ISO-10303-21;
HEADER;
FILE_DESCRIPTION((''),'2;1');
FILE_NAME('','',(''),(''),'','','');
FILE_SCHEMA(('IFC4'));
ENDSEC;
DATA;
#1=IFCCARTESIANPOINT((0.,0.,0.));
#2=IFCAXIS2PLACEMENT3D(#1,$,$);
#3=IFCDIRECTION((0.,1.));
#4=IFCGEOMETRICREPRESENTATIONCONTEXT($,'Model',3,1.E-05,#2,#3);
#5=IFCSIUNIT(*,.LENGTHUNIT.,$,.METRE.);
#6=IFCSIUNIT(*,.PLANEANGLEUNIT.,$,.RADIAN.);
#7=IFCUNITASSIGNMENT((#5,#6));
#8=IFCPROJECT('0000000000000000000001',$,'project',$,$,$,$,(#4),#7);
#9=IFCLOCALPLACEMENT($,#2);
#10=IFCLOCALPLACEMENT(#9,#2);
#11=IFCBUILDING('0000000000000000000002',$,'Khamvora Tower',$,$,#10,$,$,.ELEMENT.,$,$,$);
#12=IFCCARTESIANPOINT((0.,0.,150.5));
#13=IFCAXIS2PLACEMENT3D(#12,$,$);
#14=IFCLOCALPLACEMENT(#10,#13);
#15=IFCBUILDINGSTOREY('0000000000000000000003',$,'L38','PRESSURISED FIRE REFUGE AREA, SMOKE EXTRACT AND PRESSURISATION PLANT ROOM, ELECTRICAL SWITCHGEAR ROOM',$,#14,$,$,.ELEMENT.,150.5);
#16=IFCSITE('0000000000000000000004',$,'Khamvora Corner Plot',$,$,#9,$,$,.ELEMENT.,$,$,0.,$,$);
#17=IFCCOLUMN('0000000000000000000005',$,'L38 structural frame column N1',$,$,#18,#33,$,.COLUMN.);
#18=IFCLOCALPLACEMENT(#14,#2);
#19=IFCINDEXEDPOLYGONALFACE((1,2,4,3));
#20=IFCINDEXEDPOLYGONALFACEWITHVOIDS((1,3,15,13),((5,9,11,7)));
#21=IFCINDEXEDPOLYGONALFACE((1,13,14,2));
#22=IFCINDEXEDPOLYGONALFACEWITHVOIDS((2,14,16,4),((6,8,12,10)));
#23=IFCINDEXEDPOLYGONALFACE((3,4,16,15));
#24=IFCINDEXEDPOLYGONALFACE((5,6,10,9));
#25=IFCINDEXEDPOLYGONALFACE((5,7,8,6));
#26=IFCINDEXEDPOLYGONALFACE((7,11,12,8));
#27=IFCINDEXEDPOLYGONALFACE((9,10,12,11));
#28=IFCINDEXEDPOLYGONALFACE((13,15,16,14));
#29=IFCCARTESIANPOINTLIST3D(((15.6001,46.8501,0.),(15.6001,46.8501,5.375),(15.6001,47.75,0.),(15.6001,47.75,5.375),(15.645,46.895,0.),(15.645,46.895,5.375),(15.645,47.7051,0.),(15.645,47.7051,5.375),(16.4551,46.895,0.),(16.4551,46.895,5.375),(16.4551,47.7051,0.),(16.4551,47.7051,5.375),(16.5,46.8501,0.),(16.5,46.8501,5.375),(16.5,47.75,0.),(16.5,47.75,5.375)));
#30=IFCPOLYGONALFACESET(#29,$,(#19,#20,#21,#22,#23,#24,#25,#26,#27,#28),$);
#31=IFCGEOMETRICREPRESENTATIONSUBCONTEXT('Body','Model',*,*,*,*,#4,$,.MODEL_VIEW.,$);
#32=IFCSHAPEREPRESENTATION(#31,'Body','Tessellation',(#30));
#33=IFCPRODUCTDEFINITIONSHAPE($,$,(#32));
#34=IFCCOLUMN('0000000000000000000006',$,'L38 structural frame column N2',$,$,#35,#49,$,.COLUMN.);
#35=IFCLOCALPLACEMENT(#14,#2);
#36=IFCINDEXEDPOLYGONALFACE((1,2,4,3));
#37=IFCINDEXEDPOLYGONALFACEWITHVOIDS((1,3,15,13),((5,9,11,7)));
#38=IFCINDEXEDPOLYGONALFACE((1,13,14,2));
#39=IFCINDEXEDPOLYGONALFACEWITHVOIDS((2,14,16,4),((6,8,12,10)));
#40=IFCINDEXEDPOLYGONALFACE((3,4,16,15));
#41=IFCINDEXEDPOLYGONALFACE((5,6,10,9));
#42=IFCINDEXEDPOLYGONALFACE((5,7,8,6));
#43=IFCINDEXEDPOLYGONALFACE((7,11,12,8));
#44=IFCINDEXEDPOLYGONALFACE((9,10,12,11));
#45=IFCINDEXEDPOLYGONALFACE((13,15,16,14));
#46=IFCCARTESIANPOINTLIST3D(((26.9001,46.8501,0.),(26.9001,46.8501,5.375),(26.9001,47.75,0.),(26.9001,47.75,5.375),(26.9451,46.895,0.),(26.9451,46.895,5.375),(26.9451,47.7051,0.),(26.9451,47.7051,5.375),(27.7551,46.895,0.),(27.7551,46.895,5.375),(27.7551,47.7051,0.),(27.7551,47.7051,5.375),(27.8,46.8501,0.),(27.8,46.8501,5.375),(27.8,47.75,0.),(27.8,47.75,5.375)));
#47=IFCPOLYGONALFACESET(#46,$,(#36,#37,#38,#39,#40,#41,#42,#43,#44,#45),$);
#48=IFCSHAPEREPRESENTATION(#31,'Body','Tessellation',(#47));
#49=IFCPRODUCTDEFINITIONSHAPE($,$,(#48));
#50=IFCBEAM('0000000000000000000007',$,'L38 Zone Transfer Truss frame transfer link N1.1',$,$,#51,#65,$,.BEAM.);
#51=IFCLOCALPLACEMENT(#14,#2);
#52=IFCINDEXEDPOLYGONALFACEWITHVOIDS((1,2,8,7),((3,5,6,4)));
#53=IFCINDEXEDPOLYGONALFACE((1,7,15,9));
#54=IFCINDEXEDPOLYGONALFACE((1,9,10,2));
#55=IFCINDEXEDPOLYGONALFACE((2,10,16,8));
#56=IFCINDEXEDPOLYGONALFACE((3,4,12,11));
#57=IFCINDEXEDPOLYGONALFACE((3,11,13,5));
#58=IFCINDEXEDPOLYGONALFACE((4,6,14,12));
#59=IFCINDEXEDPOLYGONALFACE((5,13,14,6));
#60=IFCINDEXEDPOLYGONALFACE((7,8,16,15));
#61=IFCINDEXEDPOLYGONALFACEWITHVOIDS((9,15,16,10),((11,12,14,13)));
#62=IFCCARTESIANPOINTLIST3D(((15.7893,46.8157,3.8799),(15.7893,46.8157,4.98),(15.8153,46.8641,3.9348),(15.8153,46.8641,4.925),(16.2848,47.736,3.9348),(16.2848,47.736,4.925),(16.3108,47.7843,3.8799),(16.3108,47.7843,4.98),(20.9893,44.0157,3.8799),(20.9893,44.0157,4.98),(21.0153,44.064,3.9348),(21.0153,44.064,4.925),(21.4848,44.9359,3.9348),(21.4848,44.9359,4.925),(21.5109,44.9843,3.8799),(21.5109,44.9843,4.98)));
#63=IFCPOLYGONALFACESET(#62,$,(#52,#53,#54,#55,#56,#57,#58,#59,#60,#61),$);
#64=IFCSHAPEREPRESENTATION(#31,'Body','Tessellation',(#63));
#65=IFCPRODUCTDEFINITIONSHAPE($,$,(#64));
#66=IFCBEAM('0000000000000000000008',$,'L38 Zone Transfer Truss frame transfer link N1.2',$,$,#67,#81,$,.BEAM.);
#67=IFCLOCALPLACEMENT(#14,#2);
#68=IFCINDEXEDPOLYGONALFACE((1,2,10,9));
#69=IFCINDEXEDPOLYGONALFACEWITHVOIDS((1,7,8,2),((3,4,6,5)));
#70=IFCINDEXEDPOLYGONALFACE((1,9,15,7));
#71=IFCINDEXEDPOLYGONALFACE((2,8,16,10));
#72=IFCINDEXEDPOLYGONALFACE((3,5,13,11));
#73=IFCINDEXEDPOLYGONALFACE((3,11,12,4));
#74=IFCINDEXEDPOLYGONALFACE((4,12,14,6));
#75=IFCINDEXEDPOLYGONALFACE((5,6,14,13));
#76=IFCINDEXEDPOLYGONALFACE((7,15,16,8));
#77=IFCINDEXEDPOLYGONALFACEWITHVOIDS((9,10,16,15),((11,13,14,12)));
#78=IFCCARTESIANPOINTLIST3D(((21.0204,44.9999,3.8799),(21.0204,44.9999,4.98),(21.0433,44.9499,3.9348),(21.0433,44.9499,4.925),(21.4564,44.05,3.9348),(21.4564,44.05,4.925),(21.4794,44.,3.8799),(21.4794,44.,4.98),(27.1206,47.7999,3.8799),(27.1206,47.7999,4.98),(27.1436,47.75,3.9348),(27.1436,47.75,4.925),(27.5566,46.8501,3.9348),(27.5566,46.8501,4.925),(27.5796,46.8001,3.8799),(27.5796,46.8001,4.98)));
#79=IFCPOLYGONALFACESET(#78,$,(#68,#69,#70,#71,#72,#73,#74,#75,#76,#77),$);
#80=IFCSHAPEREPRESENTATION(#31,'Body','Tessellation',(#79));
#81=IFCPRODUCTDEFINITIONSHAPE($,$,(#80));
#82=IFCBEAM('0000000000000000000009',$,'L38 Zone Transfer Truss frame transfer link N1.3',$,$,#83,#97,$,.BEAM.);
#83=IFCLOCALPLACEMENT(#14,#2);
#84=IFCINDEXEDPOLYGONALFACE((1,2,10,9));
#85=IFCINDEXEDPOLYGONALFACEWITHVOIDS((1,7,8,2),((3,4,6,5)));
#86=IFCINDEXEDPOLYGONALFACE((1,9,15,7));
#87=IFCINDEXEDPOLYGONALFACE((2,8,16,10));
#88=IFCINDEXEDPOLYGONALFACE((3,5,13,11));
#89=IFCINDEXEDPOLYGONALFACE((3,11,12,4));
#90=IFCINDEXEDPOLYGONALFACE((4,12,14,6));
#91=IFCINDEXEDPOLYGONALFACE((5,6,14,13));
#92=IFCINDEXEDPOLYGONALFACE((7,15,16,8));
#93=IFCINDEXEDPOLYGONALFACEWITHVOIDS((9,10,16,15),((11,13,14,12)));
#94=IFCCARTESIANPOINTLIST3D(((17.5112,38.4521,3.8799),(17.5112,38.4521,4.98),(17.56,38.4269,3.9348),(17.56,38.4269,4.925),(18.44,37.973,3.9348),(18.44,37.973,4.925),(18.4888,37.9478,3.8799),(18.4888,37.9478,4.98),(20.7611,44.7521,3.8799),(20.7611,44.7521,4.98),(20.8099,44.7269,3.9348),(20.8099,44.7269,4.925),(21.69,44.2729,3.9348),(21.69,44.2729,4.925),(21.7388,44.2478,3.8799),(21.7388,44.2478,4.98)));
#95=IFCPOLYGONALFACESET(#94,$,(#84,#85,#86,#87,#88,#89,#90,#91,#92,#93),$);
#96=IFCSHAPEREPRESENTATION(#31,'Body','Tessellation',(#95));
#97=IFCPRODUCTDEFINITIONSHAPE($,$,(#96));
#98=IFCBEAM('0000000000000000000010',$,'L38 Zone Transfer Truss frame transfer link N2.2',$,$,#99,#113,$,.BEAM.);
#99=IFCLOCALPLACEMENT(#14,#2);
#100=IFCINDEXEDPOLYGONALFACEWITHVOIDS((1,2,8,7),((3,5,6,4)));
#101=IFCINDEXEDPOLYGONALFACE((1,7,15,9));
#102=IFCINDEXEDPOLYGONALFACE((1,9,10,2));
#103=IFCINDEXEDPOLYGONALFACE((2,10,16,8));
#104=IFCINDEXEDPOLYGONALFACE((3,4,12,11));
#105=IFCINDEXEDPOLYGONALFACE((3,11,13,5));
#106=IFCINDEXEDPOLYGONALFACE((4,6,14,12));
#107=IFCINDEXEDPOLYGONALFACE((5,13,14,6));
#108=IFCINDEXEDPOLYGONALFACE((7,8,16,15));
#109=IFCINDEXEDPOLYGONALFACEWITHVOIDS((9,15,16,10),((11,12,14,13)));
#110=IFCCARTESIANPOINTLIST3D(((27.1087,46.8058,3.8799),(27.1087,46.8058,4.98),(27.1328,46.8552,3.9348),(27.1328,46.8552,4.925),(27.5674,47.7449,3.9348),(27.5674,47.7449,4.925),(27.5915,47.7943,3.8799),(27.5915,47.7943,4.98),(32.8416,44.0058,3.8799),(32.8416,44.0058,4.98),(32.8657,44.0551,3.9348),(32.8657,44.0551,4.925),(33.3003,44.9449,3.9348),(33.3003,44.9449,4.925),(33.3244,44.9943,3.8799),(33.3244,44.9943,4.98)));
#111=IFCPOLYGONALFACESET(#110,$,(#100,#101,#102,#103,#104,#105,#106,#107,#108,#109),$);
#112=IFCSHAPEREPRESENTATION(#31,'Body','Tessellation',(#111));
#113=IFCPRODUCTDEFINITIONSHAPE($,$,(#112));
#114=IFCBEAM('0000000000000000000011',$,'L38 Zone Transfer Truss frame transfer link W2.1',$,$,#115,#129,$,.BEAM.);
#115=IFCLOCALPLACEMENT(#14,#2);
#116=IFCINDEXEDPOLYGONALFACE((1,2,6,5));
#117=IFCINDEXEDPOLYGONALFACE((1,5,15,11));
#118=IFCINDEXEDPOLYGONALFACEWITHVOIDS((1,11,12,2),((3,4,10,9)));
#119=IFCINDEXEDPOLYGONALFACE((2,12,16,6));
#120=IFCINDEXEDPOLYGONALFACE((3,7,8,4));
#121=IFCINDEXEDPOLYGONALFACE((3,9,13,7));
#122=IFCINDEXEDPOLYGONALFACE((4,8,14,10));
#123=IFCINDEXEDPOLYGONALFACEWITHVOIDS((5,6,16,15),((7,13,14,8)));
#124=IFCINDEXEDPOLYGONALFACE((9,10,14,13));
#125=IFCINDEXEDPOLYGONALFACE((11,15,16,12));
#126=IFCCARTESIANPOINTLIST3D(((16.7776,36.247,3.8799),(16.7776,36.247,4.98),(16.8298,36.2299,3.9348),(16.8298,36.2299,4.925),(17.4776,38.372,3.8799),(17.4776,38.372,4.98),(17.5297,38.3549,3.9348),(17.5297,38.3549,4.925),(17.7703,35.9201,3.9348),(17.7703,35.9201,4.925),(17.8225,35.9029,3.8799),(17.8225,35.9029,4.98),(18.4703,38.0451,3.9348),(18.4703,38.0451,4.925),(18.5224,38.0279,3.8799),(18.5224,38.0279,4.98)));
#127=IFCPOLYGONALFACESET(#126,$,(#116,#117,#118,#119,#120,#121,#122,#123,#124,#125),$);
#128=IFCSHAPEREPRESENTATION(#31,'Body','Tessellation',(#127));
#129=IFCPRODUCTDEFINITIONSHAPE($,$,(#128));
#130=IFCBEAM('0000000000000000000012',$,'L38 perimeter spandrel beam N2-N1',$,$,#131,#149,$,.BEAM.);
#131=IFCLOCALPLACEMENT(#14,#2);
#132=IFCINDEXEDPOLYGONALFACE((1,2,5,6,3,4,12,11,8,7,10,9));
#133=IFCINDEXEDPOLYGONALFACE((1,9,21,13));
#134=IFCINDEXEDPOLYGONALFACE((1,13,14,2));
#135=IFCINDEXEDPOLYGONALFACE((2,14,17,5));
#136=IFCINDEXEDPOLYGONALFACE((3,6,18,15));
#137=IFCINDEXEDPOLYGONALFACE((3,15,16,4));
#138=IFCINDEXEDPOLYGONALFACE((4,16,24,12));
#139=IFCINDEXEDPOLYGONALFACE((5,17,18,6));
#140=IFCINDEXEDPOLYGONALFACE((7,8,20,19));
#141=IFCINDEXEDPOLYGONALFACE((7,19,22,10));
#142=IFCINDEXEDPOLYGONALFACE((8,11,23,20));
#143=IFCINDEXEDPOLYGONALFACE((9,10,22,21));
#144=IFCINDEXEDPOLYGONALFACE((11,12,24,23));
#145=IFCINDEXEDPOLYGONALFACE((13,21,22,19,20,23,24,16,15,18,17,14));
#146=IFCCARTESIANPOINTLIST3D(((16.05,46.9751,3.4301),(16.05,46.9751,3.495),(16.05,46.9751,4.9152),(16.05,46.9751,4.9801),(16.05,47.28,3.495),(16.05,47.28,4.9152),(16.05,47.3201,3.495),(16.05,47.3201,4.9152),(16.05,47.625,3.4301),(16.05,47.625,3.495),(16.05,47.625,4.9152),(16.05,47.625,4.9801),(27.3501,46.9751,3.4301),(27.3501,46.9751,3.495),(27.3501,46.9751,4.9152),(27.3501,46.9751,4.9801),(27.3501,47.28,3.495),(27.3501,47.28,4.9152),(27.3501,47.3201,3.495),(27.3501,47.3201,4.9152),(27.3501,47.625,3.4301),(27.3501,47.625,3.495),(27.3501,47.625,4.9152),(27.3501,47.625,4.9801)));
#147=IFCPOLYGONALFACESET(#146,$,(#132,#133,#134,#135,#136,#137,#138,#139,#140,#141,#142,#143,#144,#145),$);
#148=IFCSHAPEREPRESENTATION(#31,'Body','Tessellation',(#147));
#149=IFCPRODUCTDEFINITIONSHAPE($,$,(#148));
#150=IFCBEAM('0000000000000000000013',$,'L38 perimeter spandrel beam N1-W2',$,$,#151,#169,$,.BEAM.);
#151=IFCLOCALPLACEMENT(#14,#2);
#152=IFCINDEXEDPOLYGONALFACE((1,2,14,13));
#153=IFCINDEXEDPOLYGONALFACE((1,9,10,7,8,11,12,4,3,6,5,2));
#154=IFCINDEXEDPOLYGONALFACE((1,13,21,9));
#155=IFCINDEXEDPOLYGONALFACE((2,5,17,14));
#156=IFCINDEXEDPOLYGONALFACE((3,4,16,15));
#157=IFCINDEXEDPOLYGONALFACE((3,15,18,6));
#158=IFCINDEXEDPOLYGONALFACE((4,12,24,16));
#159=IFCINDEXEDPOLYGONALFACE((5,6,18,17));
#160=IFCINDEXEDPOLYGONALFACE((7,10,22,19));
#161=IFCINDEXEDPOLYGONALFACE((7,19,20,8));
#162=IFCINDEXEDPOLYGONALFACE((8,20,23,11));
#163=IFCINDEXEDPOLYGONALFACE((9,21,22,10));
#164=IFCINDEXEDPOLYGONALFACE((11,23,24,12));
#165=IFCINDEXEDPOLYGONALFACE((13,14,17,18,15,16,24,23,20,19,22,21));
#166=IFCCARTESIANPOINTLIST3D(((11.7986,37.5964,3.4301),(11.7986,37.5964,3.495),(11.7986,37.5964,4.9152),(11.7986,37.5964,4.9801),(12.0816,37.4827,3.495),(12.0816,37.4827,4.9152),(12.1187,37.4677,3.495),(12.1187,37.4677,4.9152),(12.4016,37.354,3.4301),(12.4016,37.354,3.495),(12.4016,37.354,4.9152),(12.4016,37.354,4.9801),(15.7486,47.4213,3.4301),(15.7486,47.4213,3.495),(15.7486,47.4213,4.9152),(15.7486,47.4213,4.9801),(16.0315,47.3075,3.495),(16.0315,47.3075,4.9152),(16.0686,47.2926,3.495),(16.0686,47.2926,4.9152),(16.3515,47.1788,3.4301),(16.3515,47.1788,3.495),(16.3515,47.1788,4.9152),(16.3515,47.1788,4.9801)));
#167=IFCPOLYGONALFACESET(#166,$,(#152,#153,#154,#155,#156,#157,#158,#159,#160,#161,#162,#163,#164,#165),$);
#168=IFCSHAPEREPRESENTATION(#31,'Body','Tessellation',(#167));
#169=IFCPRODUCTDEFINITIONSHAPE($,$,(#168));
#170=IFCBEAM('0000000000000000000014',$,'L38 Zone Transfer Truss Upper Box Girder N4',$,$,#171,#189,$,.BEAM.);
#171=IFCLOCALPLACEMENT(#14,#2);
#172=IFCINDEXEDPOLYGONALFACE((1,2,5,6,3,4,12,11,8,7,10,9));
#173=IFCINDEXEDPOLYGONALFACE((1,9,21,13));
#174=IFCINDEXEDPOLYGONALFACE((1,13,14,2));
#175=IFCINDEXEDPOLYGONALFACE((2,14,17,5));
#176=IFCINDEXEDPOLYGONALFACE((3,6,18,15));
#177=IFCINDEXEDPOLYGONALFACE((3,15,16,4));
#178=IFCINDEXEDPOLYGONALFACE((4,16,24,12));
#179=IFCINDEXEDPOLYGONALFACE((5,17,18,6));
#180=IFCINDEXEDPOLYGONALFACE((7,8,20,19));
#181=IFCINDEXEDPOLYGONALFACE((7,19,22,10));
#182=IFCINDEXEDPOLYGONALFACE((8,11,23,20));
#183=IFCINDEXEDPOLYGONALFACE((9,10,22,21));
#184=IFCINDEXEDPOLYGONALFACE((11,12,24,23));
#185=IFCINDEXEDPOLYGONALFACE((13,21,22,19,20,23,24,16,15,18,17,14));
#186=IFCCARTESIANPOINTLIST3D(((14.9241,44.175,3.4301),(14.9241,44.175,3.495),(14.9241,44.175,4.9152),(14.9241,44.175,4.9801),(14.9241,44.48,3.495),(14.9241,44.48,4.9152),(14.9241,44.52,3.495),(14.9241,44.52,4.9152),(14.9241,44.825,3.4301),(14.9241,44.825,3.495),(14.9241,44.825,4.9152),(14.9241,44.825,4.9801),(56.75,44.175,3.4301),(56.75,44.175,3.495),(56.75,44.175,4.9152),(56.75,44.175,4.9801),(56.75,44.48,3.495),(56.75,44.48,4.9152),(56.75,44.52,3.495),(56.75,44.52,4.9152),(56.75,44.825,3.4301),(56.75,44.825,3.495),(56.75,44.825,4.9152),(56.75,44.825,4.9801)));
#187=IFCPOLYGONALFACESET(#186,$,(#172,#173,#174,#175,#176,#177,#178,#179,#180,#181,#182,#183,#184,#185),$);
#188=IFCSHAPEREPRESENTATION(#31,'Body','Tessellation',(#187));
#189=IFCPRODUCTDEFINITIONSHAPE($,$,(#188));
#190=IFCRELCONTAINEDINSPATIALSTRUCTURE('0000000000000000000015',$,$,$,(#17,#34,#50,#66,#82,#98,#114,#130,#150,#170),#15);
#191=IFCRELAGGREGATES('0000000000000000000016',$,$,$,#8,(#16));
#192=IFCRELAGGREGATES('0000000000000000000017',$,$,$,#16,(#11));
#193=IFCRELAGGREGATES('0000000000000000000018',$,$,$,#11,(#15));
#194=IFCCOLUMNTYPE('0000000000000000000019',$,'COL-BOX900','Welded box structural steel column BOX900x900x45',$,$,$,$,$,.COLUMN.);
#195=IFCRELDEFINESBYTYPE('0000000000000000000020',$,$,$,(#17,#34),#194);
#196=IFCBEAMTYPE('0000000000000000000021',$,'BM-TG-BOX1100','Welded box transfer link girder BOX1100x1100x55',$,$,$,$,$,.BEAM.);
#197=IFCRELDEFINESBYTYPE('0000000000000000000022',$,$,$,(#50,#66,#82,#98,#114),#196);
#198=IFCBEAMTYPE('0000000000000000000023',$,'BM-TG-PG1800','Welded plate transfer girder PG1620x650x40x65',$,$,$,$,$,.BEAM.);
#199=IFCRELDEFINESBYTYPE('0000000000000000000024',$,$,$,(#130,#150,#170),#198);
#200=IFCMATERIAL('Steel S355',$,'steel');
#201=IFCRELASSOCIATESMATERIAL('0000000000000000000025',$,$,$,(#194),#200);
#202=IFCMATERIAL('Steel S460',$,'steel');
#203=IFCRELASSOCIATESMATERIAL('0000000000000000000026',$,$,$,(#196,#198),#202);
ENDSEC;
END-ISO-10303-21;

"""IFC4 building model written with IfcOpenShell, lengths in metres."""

from ifc_helpers import new_model, si_unit, direction, frame, origin, origin_2d, place, context, subcontext, project, spatial, hollow_rectangle, i_section, extrude, material, material_profile, profile_set, type_object, element, save


model = new_model("IFC4")

# Units and contexts
model_context = context("Model", 3, precision=1e-05, world=origin(), true_north=direction((0.0, 1.0)))
body_context = subcontext(model_context, "Body", "Model", "MODEL_VIEW")
ifc_project = project(units=[si_unit("LENGTHUNIT", "METRE"), si_unit("PLANEANGLEUNIT", "RADIAN")], contexts=[model_context])

# Site, building, storey
site_placement = place(None, origin())
site = spatial("IfcSite", under=ifc_project, at=site_placement, Name="Khamvora Corner Plot", CompositionType="ELEMENT", RefElevation=0.0)
building_placement = place(site_placement, origin())
building = spatial("IfcBuilding", under=site, at=building_placement, Name="Khamvora Tower", CompositionType="ELEMENT")
storey_placement = place(building_placement, frame((0.0, 0.0, 150.5)))
storey = spatial("IfcBuildingStorey", under=building, at=storey_placement, Name="L38", Description="PRESSURISED FIRE REFUGE AREA, SMOKE EXTRACT AND PRESSURISATION PLANT ROOM, ELECTRICAL SWITCHGEAR ROOM", CompositionType="ELEMENT", Elevation=150.5)

# Columns
ifc_material_1 = material(Name="Steel S355", Category="steel")
ifc_material_profile_1 = material_profile(ifc_material_1, hollow_rectangle(XDim=0.8999, YDim=0.8999, WallThickness=0.0449, at=origin_2d()), Name="BOX900x900x45")
ifc_profile_set_1 = profile_set([ifc_material_profile_1], Name="Steel S355")
column_type = type_object("IfcColumnType", Name="COL-BOX900", Description="Welded box structural steel column BOX900x900x45", PredefinedType="COLUMN", material=ifc_profile_set_1)
for number, where, z_axis, x_axis, name in (
    (1, (16.05, 47.3, 0.0), (0.0, 0.0, 1.0), (1.0, 0.0, 0.0), "L38 structural frame column N1"),
    (2, (27.3501, 47.3, 0.0), (0.0, 0.0, 1.0), (1.0, 0.0, 0.0), "L38 structural frame column N2"),
):
    element("IfcColumn", number, at=place(storey_placement, frame(where, z_axis=z_axis, x_axis=x_axis)), inside=storey, type_object=column_type, Name=name, PredefinedType="COLUMN", context=body_context, shape_type="SweptSolid", body=[
        extrude(hollow_rectangle(XDim=0.8999, YDim=0.8999, WallThickness=0.0449, at=origin_2d()), origin(), (0.0, 0.0, 1.0), 5.375),
    ])

# Beams
ifc_material_2 = material(Name="Steel S460", Category="steel")
ifc_material_profile_2 = material_profile(ifc_material_2, hollow_rectangle(XDim=1.1001, YDim=1.1001, WallThickness=0.0549, at=origin_2d()), Name="BOX1100x1100x55")
ifc_profile_set_2 = profile_set([ifc_material_profile_2], Name="Steel S460")
beam_type_1 = type_object("IfcBeamType", Name="BM-TG-BOX1100", Description="Welded box transfer link girder BOX1100x1100x55", PredefinedType="BEAM", material=ifc_profile_set_2)
beam_1_placement = place(storey_placement, frame((16.05, 47.3, 4.4299), z_axis=(0.880466, -0.47411, 0.0), x_axis=(0.47411, 0.880466, 0.0)))
element("IfcBeam", 3, at=beam_1_placement, inside=storey, type_object=beam_type_1, Name="L38 Zone Transfer Truss frame transfer link N1.1", PredefinedType="BEAM", context=body_context, shape_type="SweptSolid", body=[
    extrude(hollow_rectangle(XDim=1.1001, YDim=1.1001, WallThickness=0.0549, at=origin_2d()), origin(), (0.0, 0.0, 1.0), 5.906),
])
beam_2_placement = place(storey_placement, frame((27.3501, 47.3, 4.4299), z_axis=(-0.908829, -0.417168, 0.0), x_axis=(0.417168, -0.908829, 0.0)))
element("IfcBeam", 4, at=beam_2_placement, inside=storey, type_object=beam_type_1, Name="L38 Zone Transfer Truss frame transfer link N1.2", PredefinedType="BEAM", context=body_context, shape_type="SweptSolid", body=[
    extrude(hollow_rectangle(XDim=1.1001, YDim=1.1001, WallThickness=0.0549, at=origin_2d()), origin(), (0.0, 0.0, 1.0), 6.7122),
])
beam_3_placement = place(storey_placement, frame((18.0, 38.2, 4.4299), z_axis=(0.45846, 0.888715, 0.0), x_axis=(-0.888715, 0.45846, 0.0)))
element("IfcBeam", 5, at=beam_3_placement, inside=storey, type_object=beam_type_1, Name="L38 Zone Transfer Truss frame transfer link N1.3", PredefinedType="BEAM", context=body_context, shape_type="SweptSolid", body=[
    extrude(hollow_rectangle(XDim=1.1001, YDim=1.1001, WallThickness=0.0549, at=origin_2d()), origin(), (0.0, 0.0, 1.0), 7.0889),
])
beam_4_placement = place(storey_placement, frame((27.3501, 47.3, 4.4299), z_axis=(0.898552, -0.438868, 0.0), x_axis=(0.438868, 0.898552, 0.0)))
element("IfcBeam", 6, at=beam_4_placement, inside=storey, type_object=beam_type_1, Name="L38 Zone Transfer Truss frame transfer link N2.2", PredefinedType="BEAM", context=body_context, shape_type="SweptSolid", body=[
    extrude(hollow_rectangle(XDim=1.1001, YDim=1.1001, WallThickness=0.0549, at=origin_2d()), origin(), (0.0, 0.0, 1.0), 6.3801),
])
beam_5_placement = place(storey_placement, frame((18.0, 38.2, 4.4299), z_axis=(-0.312854, -0.949801, 0.0), x_axis=(0.949801, -0.312854, 0.0)))
element("IfcBeam", 7, at=beam_5_placement, inside=storey, type_object=beam_type_1, Name="L38 Zone Transfer Truss frame transfer link W2.1", PredefinedType="BEAM", context=body_context, shape_type="SweptSolid", body=[
    extrude(hollow_rectangle(XDim=1.1001, YDim=1.1001, WallThickness=0.0549, at=origin_2d()), origin(), (0.0, 0.0, 1.0), 2.2373),
])
ifc_material_profile_3 = material_profile(ifc_material_2, i_section(OverallWidth=0.6499, OverallDepth=1.55, WebThickness=0.04, FlangeThickness=0.0649, at=origin_2d()), Name="PG1550x650x40x65")
ifc_profile_set_3 = profile_set([ifc_material_profile_3], Name="Steel S460")
beam_type_2 = type_object("IfcBeamType", Name="BM-TG-PG1800", Description="Welded plate transfer girder PG1620x650x40x65", PredefinedType="BEAM", material=ifc_profile_set_3)
beam_6_placement = place(storey_placement, frame((27.3501, 47.3, 4.2051), z_axis=(-1.0, 0.0, 0.0), x_axis=(0.0, -1.0, 0.0)))
element("IfcBeam", 8, at=beam_6_placement, inside=storey, type_object=beam_type_2, Name="L38 perimeter spandrel beam N2-N1", PredefinedType="BEAM", context=body_context, shape_type="SweptSolid", body=[
    extrude(i_section(OverallWidth=0.6499, OverallDepth=1.55, WebThickness=0.04, FlangeThickness=0.0649, at=origin_2d()), origin(), (0.0, 0.0, 1.0), 11.3),
])
beam_7_placement = place(storey_placement, frame((16.05, 47.3, 4.2051), z_axis=(-0.373016, -0.927825, 0.0), x_axis=(0.927825, -0.373016, 0.0)))
element("IfcBeam", 9, at=beam_7_placement, inside=storey, type_object=beam_type_2, Name="L38 perimeter spandrel beam N1-W2", PredefinedType="BEAM", context=body_context, shape_type="SweptSolid", body=[
    extrude(i_section(OverallWidth=0.6499, OverallDepth=1.55, WebThickness=0.04, FlangeThickness=0.0649, at=origin_2d()), origin(), (0.0, 0.0, 1.0), 10.5891),
])
beam_8_placement = place(storey_placement, frame((14.9241, 44.5, 4.2051), z_axis=(1.0, 0.0, 0.0), x_axis=(0.0, 1.0, 0.0)))
element("IfcBeam", 10, at=beam_8_placement, inside=storey, type_object=beam_type_2, Name="L38 Zone Transfer Truss Upper Box Girder N4", PredefinedType="BEAM", context=body_context, shape_type="SweptSolid", body=[
    extrude(i_section(OverallWidth=0.6499, OverallDepth=1.55, WebThickness=0.04, FlangeThickness=0.0649, at=origin_2d()), origin(), (0.0, 0.0, 1.0), 41.8259),
])

save(model, "model.ifc")
